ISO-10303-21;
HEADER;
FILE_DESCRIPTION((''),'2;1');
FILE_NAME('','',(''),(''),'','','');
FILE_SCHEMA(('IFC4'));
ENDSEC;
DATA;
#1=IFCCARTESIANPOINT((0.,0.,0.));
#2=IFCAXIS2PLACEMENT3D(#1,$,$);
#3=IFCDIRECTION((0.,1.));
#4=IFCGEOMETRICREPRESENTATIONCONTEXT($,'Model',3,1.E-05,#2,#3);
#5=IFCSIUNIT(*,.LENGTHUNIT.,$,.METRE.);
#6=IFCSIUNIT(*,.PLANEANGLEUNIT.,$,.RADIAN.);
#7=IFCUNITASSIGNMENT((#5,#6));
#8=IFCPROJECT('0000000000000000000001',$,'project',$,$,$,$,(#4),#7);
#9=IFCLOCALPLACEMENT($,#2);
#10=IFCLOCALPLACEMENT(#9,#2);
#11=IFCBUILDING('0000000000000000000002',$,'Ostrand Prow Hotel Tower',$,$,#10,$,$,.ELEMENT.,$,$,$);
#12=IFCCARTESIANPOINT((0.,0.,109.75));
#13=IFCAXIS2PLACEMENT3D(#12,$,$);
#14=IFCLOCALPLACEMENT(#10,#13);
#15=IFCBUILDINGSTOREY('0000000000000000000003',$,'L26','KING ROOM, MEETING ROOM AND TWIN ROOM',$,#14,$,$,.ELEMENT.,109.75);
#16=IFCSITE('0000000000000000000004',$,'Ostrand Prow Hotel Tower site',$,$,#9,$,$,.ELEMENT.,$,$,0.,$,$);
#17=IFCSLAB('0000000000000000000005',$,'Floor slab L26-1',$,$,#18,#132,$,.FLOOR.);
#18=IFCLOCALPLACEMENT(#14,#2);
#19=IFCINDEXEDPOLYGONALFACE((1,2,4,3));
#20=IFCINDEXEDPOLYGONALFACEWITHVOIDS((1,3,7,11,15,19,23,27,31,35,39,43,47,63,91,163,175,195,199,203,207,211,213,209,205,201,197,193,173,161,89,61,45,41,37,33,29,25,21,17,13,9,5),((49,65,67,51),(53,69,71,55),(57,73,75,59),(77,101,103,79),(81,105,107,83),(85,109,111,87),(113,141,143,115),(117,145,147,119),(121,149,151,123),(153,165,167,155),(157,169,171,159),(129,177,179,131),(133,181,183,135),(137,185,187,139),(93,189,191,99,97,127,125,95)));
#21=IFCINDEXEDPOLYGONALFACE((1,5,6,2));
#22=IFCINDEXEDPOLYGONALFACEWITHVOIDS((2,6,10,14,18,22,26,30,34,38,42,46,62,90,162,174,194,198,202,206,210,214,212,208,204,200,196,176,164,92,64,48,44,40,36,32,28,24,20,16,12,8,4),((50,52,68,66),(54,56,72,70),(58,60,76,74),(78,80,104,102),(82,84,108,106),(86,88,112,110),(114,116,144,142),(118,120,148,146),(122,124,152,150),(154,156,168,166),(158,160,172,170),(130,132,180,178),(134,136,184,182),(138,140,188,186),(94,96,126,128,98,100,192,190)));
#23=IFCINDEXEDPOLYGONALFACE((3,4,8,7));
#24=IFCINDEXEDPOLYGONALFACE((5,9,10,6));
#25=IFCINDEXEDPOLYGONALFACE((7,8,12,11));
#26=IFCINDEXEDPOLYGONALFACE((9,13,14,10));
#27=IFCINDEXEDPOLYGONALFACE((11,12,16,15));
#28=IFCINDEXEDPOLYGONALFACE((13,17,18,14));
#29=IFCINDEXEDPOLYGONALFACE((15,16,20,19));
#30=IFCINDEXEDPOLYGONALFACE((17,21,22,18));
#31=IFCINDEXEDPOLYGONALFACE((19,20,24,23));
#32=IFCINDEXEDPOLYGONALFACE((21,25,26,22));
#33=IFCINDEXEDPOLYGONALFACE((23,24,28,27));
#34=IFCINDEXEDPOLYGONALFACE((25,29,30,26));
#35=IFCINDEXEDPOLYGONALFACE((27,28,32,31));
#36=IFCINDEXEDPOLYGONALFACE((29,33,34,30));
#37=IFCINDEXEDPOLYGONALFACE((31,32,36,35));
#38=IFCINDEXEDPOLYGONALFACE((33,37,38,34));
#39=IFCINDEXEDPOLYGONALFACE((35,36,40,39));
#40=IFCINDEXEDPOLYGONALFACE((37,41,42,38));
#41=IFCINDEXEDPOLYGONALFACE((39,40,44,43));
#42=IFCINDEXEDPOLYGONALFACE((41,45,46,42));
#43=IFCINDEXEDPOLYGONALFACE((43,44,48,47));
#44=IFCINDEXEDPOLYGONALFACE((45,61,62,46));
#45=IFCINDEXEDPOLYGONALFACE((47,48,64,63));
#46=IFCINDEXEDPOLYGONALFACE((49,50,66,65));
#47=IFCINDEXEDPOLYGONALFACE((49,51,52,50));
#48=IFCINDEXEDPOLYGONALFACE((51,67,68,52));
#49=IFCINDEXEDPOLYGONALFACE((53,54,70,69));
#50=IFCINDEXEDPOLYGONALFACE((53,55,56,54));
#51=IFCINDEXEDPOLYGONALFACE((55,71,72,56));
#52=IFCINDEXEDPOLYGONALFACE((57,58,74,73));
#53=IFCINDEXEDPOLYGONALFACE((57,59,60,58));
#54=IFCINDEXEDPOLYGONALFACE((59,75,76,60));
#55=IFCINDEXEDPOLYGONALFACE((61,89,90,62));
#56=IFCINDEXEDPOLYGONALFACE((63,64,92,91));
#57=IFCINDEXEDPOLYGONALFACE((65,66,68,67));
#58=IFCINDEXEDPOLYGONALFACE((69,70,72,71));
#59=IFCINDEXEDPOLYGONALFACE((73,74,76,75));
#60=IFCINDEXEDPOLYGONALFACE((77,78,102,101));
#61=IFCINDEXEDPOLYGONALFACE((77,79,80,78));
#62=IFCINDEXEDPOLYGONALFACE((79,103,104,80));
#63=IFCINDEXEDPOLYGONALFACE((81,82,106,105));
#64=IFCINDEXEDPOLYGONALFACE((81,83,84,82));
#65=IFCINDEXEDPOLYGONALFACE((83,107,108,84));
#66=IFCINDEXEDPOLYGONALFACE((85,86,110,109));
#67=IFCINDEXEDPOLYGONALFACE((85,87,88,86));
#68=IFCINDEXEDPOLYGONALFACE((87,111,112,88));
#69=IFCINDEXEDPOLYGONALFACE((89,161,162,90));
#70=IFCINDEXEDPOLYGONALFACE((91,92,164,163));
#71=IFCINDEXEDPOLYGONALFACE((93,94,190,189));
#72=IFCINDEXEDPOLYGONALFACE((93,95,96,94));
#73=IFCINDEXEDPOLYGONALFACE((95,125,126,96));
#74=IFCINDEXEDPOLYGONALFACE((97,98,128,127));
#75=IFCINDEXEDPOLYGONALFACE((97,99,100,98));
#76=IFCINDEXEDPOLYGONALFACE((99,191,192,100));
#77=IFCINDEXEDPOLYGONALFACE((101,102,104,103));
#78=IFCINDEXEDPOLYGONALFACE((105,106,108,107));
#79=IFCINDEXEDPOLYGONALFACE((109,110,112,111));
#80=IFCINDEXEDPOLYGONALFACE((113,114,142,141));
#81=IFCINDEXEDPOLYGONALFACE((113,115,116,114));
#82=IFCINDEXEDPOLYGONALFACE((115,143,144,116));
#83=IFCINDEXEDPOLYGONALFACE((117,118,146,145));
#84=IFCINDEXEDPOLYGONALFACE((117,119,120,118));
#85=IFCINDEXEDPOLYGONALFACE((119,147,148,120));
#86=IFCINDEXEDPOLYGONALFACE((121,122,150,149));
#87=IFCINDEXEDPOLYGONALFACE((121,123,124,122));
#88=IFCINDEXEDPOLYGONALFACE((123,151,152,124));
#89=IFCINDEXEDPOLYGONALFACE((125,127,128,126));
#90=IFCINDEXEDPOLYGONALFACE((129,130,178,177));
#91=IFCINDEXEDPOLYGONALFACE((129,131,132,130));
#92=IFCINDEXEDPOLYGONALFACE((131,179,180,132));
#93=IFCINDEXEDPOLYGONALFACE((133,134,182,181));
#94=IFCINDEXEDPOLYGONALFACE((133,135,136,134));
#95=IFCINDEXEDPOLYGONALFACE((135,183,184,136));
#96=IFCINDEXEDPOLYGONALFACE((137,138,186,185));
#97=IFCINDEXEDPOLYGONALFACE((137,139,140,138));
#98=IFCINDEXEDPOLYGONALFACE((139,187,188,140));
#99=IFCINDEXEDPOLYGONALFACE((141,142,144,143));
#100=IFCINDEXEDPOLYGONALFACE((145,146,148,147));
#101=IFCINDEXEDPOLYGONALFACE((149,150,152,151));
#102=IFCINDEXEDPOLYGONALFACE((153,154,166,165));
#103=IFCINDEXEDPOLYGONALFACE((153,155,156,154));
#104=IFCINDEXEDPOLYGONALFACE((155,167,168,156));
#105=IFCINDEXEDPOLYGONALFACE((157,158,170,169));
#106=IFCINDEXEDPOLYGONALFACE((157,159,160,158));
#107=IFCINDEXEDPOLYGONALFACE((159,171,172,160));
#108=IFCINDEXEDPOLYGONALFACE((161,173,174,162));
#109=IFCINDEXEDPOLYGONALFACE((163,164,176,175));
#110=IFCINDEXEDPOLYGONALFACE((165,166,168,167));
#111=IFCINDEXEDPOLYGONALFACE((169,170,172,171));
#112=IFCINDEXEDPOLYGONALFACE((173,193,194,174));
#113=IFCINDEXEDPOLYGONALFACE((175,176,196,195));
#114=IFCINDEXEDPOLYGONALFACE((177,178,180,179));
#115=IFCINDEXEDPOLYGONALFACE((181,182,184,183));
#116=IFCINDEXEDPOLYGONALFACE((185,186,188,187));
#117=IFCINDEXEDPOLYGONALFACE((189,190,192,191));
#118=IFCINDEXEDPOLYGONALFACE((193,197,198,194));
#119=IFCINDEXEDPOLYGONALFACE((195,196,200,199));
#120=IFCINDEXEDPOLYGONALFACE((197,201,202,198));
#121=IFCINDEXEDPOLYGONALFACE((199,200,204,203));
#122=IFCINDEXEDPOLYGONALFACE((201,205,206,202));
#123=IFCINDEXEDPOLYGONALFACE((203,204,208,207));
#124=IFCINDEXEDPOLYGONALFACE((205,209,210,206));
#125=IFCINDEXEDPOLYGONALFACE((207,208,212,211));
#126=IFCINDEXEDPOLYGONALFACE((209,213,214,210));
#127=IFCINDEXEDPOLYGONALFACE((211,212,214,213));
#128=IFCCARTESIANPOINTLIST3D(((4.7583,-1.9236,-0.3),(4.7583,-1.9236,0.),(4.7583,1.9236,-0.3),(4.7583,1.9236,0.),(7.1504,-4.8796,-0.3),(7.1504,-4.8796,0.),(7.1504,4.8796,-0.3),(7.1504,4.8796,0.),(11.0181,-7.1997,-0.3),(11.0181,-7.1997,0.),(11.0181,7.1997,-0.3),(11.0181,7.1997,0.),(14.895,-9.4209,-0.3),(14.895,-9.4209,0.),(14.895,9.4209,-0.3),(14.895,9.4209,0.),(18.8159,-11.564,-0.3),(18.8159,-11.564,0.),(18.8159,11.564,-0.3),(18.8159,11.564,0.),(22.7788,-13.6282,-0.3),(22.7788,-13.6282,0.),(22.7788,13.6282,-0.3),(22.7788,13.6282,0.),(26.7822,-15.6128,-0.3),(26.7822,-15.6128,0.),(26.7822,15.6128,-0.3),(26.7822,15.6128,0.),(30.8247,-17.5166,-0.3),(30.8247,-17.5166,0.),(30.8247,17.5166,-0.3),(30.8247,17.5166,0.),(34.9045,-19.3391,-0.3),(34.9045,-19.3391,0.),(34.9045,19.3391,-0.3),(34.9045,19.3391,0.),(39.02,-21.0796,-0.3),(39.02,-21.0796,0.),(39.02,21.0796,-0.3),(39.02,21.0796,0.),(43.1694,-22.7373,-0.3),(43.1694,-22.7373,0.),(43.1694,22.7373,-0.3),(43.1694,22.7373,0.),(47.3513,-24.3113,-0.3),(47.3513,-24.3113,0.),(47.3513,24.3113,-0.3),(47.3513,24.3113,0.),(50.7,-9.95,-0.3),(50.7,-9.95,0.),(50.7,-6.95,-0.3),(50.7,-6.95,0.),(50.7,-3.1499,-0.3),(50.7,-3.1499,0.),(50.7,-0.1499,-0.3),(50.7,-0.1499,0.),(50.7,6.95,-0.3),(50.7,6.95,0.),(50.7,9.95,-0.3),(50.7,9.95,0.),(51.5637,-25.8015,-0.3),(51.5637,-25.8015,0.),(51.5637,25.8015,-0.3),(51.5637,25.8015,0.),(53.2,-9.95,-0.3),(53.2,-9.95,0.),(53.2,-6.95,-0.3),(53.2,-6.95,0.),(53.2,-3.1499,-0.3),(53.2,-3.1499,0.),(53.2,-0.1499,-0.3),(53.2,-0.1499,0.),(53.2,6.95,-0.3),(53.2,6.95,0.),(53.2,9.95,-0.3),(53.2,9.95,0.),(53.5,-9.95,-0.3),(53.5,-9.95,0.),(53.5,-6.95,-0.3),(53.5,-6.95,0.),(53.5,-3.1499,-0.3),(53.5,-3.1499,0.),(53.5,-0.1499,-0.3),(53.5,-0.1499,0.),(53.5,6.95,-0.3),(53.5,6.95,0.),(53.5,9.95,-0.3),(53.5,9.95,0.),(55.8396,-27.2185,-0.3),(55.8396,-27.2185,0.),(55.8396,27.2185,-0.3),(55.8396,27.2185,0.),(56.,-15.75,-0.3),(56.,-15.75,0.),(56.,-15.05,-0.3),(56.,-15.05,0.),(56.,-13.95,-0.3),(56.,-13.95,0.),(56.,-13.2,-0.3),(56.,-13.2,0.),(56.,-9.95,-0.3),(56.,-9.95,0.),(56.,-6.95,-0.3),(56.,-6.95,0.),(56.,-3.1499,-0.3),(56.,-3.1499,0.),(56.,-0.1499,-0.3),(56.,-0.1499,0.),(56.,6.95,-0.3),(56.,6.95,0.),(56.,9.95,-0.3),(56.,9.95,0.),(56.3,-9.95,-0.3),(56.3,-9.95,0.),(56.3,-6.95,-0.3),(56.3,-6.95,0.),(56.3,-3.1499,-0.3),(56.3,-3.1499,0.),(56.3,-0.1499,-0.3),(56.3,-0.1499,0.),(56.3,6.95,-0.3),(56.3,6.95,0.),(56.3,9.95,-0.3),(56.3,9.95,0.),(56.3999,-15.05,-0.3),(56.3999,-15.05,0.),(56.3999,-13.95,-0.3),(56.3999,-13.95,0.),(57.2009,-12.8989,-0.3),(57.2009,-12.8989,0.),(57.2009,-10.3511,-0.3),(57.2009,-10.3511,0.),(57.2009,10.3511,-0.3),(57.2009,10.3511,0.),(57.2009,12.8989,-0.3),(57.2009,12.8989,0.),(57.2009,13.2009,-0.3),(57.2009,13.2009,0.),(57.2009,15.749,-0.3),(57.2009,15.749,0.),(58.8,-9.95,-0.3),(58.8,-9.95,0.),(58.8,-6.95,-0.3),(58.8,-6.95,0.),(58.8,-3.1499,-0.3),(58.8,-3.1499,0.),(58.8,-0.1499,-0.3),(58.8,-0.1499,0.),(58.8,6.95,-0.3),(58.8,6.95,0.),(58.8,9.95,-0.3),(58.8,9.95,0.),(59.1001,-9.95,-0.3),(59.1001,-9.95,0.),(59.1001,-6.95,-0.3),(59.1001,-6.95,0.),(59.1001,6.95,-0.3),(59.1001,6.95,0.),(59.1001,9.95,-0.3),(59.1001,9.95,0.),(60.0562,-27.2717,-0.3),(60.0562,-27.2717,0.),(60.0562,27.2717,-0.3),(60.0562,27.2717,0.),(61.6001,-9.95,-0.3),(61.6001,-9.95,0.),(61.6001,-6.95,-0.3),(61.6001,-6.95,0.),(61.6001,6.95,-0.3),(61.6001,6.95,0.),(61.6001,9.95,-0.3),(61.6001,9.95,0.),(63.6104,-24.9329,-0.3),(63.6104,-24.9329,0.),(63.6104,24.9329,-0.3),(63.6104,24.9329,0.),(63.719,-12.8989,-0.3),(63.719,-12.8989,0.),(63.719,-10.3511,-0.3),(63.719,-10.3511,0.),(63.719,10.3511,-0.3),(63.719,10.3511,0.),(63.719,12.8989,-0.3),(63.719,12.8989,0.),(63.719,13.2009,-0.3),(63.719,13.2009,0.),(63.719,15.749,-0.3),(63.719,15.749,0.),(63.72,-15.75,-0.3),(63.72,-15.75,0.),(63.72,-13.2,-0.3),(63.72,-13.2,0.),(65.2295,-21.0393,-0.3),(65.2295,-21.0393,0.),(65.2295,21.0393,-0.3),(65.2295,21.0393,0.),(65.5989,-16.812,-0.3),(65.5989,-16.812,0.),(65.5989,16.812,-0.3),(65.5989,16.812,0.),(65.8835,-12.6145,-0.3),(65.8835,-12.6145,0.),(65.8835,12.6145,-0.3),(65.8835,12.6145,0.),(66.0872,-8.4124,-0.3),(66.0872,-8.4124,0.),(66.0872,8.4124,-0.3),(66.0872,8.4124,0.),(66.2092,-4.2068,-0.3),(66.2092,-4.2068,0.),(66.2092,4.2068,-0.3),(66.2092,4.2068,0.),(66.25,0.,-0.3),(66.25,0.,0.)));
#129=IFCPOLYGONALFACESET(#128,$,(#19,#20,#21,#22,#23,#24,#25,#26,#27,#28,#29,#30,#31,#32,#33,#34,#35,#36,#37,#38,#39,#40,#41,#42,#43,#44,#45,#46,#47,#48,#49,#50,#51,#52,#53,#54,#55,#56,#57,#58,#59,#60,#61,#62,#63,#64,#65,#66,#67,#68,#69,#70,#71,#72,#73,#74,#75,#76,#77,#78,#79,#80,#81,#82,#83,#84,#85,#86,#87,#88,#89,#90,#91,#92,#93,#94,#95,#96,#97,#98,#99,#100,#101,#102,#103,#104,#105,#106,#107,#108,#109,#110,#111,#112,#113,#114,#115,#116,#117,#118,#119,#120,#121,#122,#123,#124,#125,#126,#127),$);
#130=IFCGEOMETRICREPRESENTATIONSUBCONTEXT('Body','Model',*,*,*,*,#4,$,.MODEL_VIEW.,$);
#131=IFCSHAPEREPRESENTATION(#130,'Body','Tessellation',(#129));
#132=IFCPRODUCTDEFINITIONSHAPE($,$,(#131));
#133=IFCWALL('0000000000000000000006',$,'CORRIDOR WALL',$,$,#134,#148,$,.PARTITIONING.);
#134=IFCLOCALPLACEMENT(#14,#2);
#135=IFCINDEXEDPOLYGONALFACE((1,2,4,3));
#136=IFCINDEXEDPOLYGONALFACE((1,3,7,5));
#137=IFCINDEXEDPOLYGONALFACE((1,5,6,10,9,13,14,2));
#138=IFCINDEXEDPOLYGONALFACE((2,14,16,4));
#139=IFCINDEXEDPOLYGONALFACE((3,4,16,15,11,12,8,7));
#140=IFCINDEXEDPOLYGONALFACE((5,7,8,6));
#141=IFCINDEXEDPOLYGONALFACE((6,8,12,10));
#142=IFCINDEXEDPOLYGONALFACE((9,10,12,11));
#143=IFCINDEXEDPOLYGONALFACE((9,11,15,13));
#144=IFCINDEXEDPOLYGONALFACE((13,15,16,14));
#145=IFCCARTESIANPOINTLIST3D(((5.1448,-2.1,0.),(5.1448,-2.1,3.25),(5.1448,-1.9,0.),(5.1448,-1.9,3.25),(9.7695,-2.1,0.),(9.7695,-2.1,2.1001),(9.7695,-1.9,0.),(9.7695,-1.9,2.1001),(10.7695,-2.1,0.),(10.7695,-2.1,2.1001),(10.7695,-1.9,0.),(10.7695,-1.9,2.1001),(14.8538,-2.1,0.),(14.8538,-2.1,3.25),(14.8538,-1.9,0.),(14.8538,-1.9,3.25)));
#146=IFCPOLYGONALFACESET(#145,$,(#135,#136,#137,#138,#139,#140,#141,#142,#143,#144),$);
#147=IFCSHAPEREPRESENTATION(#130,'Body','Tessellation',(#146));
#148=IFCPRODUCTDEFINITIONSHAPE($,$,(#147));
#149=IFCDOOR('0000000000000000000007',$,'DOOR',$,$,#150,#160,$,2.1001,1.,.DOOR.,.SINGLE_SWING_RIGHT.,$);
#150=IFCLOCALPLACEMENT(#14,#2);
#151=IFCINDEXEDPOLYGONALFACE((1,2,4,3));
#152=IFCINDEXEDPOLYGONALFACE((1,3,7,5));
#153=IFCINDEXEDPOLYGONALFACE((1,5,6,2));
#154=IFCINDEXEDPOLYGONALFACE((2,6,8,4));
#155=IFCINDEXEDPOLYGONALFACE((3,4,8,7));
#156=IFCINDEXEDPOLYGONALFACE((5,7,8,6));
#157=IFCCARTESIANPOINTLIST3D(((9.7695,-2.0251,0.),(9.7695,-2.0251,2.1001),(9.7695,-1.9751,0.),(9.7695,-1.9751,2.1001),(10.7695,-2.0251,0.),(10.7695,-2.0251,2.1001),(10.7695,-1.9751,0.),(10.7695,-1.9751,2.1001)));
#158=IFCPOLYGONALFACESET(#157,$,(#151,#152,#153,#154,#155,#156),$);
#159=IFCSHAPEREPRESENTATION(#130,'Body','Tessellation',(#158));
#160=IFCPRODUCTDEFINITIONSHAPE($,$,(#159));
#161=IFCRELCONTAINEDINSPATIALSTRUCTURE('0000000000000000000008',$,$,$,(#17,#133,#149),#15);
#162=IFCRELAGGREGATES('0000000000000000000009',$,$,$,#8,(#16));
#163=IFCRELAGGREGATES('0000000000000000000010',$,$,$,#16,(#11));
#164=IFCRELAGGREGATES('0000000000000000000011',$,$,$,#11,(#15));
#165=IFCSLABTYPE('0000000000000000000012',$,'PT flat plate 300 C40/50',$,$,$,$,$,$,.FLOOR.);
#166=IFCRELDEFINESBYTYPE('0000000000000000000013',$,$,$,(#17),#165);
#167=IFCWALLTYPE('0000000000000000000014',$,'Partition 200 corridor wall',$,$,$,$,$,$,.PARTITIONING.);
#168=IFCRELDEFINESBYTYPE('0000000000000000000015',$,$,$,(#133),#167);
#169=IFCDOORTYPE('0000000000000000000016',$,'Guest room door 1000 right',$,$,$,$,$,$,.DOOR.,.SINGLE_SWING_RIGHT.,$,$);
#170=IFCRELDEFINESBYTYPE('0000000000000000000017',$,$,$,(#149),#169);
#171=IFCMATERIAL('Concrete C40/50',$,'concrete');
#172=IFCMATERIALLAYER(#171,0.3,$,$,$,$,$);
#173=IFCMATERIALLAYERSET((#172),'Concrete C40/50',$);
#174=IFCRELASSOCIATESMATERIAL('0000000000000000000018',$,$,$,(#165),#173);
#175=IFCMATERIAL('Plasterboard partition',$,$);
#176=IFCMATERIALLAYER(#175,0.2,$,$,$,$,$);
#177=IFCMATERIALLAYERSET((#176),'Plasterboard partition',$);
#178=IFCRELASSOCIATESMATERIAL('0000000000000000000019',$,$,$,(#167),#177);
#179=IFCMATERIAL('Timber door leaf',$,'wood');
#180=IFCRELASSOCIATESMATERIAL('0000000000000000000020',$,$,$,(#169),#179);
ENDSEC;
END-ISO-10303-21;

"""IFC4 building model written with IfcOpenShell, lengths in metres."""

from ifc_helpers import new_model, si_unit, direction, frame, frame_2d, origin, place, context, subcontext, project, spatial, polyline, rectangle, outline, extrude, material, layer, layer_set, type_object, element, fill, save


model = new_model("IFC4")

# Units and contexts
model_context = context("Model", 3, precision=1e-05, world=origin(), true_north=direction((0.0, 1.0)))
body_context = subcontext(model_context, "Body", "Model", "MODEL_VIEW")
ifc_project = project(units=[si_unit("LENGTHUNIT", "METRE"), si_unit("PLANEANGLEUNIT", "RADIAN")], contexts=[model_context])

# Site, building, storey
site_placement = place(None, origin())
site = spatial("IfcSite", under=ifc_project, at=site_placement, Name="Ostrand Prow Hotel Tower site", CompositionType="ELEMENT", RefElevation=0.0)
building_placement = place(site_placement, origin())
building = spatial("IfcBuilding", under=site, at=building_placement, Name="Ostrand Prow Hotel Tower", CompositionType="ELEMENT")
storey_placement = place(building_placement, frame((0.0, 0.0, 109.75)))
storey = spatial("IfcBuildingStorey", under=building, at=storey_placement, Name="L26", Description="KING ROOM, MEETING ROOM AND TWIN ROOM", CompositionType="ELEMENT", Elevation=109.75)

# Slab, opening
ifc_material_1 = material(Name="Concrete C40/50", Category="concrete")
ifc_layer_1 = layer(ifc_material_1, 0.3)
ifc_layer_set_1 = layer_set([ifc_layer_1], Name="Concrete C40/50")
slab_type = type_object("IfcSlabType", Name="PT flat plate 300 C40/50", PredefinedType="FLOOR", material=ifc_layer_set_1)
slab_placement = place(storey_placement, frame((0.0, 0.0, -0.3)))
slab = element("IfcSlab", 1, at=slab_placement, inside=storey, type_object=slab_type, Name="Floor slab L26-1", PredefinedType="FLOOR", context=body_context, shape_type="SweptSolid", body=[
    extrude(outline(polyline([(7.1504, 4.8796), (11.0181, 7.1997), (14.895, 9.4209), (18.8159, 11.564), (22.7788, 13.6282), (26.7822, 15.6128), (30.8247, 17.5166), (34.9045, 19.3391), (39.02, 21.0796), (43.1694, 22.7373), (47.3513, 24.3113), (51.5637, 25.8015), (55.8396, 27.2185), (60.0562, 27.2717), (63.6104, 24.9329), (65.2295, 21.0393), (65.5989, 16.812), (65.8835, 12.6145), (66.0872, 8.4124), (66.2092, 4.2068), (66.25, 0.0), (66.2092, -4.2068), (66.0872, -8.4124), (65.8835, -12.6145), (65.5989, -16.812), (65.2295, -21.0393), (63.6104, -24.9329), (60.0562, -27.2717), (55.8396, -27.2185), (51.5637, -25.8015), (47.3513, -24.3113), (43.1694, -22.7373), (39.02, -21.0796), (34.9045, -19.3391), (30.8247, -17.5166), (26.7822, -15.6128), (22.7788, -13.6282), (18.8159, -11.564), (14.895, -9.4209), (11.0181, -7.1997), (7.1504, -4.8796), (4.7583, -1.9236), (4.7583, 1.9236), (7.1504, 4.8796)]), holes=[polyline([(50.7, 6.95), (53.2, 6.95), (53.2, 9.95), (50.7, 9.95), (50.7, 6.95)]), polyline([(53.5, 6.95), (56.0, 6.95), (56.0, 9.95), (53.5, 9.95), (53.5, 6.95)]), polyline([(56.3, 6.95), (58.8, 6.95), (58.8, 9.95), (56.3, 9.95), (56.3, 6.95)]), polyline([(59.1001, 6.95), (61.6001, 6.95), (61.6001, 9.95), (59.1001, 9.95), (59.1001, 6.95)]), polyline([(50.7, -3.1499), (53.2, -3.1499), (53.2, -0.1499), (50.7, -0.1499), (50.7, -3.1499)]), polyline([(53.5, -3.1499), (56.0, -3.1499), (56.0, -0.1499), (53.5, -0.1499), (53.5, -3.1499)]), polyline([(56.3, -3.1499), (58.8, -3.1499), (58.8, -0.1499), (56.3, -0.1499), (56.3, -3.1499)]), polyline([(50.7, -9.95), (53.2, -9.95), (53.2, -6.95), (50.7, -6.95), (50.7, -9.95)]), polyline([(53.5, -9.95), (56.0, -9.95), (56.0, -6.95), (53.5, -6.95), (53.5, -9.95)]), polyline([(56.3, -9.95), (58.8, -9.95), (58.8, -6.95), (56.3, -6.95), (56.3, -9.95)]), polyline([(59.1001, -9.95), (61.6001, -9.95), (61.6001, -6.95), (59.1001, -6.95), (59.1001, -9.95)]), polyline([(57.2009, 10.3511), (57.2009, 12.8989), (63.719, 12.8989), (63.719, 10.3511), (57.2009, 10.3511)]), polyline([(57.2009, 13.2009), (57.2009, 15.749), (63.719, 15.749), (63.719, 13.2009), (57.2009, 13.2009)]), polyline([(57.2009, -12.8989), (57.2009, -10.3511), (63.719, -10.3511), (63.719, -12.8989), (57.2009, -12.8989)]), polyline([(56.0, -13.2), (63.72, -13.2), (63.72, -15.75), (56.0, -15.75), (56.0, -15.05), (56.3999, -15.05), (56.3999, -13.95), (56.0, -13.95), (56.0, -13.2)])]), origin(), (0.0, 0.0, 1.0), 0.3),
])
opening_1_placement = place(slab_placement, origin())
element("IfcOpeningElement", 2, at=opening_1_placement, cuts=slab, PredefinedType="OPENING", context=body_context, shape_type="SweptSolid", body=[
    extrude(outline(polyline([(56.0, -13.2), (63.72, -13.2), (63.72, -15.75), (56.0, -15.75), (56.0, -15.05), (56.3999, -15.05), (56.3999, -13.95), (56.0, -13.95), (56.0, -13.2)])), origin(), (0.0, 0.0, 1.0), 0.3),
])

# Wall, opening, door
ifc_material_2 = material(Name="Plasterboard partition")
ifc_layer_2 = layer(ifc_material_2, 0.2)
ifc_layer_set_2 = layer_set([ifc_layer_2], Name="Plasterboard partition")
wall_type_1 = type_object("IfcWallType", Name="Partition 200 corridor wall", PredefinedType="PARTITIONING", material=ifc_layer_set_2)
wall_1_placement = place(storey_placement, frame((5.1448, -2.0, 0.0), z_axis=(0.0, 0.0, 1.0), x_axis=(1.0, 0.0, 0.0)))
wall_1 = element("IfcWall", 3, at=wall_1_placement, inside=storey, type_object=wall_type_1, Name="CORRIDOR WALL", PredefinedType="PARTITIONING", context=body_context, shape_type="SweptSolid", body=[
    extrude(rectangle(XDim=9.709, YDim=0.2, at=frame_2d((4.8545, 0.0))), origin(), (0.0, 0.0, 1.0), 3.25),
])
opening_2_placement = place(wall_1_placement, frame((4.6248, 0.0, 0.0)))
opening_2 = element("IfcOpeningElement", 4, at=opening_2_placement, cuts=wall_1, PredefinedType="OPENING", context=body_context, shape_type="SweptSolid", body=[
    extrude(rectangle(XDim=1.0, YDim=2.1001, at=frame_2d((0.5, 1.05))), frame((0.0, 0.1099, 0.0), z_axis=(0.0, -1.0, 0.0), x_axis=(1.0, 0.0, 0.0)), (0.0, 0.0, 1.0), 0.22),
])
ifc_material_3 = material(Name="Timber door leaf", Category="wood")
door_type = type_object("IfcDoorType", Name="Guest room door 1000 right", OperationType="SINGLE_SWING_RIGHT", PredefinedType="DOOR", material=ifc_material_3)
door_placement = place(opening_2_placement, origin())
door = element("IfcDoor", 5, at=door_placement, inside=storey, type_object=door_type, Name="DOOR", OperationType="SINGLE_SWING_RIGHT", OverallHeight=2.1001, OverallWidth=1.0, PredefinedType="DOOR", context=body_context, shape_type="SweptSolid", body=[
    extrude(rectangle(XDim=1.0, YDim=2.1001, at=frame_2d((0.5, 1.05))), frame((0.0, 0.0249, 0.0), z_axis=(0.0, -1.0, 0.0), x_axis=(1.0, 0.0, 0.0)), (0.0, 0.0, 1.0), 0.05),
])
fill(opening_2, door)

save(model, "model.ifc")
